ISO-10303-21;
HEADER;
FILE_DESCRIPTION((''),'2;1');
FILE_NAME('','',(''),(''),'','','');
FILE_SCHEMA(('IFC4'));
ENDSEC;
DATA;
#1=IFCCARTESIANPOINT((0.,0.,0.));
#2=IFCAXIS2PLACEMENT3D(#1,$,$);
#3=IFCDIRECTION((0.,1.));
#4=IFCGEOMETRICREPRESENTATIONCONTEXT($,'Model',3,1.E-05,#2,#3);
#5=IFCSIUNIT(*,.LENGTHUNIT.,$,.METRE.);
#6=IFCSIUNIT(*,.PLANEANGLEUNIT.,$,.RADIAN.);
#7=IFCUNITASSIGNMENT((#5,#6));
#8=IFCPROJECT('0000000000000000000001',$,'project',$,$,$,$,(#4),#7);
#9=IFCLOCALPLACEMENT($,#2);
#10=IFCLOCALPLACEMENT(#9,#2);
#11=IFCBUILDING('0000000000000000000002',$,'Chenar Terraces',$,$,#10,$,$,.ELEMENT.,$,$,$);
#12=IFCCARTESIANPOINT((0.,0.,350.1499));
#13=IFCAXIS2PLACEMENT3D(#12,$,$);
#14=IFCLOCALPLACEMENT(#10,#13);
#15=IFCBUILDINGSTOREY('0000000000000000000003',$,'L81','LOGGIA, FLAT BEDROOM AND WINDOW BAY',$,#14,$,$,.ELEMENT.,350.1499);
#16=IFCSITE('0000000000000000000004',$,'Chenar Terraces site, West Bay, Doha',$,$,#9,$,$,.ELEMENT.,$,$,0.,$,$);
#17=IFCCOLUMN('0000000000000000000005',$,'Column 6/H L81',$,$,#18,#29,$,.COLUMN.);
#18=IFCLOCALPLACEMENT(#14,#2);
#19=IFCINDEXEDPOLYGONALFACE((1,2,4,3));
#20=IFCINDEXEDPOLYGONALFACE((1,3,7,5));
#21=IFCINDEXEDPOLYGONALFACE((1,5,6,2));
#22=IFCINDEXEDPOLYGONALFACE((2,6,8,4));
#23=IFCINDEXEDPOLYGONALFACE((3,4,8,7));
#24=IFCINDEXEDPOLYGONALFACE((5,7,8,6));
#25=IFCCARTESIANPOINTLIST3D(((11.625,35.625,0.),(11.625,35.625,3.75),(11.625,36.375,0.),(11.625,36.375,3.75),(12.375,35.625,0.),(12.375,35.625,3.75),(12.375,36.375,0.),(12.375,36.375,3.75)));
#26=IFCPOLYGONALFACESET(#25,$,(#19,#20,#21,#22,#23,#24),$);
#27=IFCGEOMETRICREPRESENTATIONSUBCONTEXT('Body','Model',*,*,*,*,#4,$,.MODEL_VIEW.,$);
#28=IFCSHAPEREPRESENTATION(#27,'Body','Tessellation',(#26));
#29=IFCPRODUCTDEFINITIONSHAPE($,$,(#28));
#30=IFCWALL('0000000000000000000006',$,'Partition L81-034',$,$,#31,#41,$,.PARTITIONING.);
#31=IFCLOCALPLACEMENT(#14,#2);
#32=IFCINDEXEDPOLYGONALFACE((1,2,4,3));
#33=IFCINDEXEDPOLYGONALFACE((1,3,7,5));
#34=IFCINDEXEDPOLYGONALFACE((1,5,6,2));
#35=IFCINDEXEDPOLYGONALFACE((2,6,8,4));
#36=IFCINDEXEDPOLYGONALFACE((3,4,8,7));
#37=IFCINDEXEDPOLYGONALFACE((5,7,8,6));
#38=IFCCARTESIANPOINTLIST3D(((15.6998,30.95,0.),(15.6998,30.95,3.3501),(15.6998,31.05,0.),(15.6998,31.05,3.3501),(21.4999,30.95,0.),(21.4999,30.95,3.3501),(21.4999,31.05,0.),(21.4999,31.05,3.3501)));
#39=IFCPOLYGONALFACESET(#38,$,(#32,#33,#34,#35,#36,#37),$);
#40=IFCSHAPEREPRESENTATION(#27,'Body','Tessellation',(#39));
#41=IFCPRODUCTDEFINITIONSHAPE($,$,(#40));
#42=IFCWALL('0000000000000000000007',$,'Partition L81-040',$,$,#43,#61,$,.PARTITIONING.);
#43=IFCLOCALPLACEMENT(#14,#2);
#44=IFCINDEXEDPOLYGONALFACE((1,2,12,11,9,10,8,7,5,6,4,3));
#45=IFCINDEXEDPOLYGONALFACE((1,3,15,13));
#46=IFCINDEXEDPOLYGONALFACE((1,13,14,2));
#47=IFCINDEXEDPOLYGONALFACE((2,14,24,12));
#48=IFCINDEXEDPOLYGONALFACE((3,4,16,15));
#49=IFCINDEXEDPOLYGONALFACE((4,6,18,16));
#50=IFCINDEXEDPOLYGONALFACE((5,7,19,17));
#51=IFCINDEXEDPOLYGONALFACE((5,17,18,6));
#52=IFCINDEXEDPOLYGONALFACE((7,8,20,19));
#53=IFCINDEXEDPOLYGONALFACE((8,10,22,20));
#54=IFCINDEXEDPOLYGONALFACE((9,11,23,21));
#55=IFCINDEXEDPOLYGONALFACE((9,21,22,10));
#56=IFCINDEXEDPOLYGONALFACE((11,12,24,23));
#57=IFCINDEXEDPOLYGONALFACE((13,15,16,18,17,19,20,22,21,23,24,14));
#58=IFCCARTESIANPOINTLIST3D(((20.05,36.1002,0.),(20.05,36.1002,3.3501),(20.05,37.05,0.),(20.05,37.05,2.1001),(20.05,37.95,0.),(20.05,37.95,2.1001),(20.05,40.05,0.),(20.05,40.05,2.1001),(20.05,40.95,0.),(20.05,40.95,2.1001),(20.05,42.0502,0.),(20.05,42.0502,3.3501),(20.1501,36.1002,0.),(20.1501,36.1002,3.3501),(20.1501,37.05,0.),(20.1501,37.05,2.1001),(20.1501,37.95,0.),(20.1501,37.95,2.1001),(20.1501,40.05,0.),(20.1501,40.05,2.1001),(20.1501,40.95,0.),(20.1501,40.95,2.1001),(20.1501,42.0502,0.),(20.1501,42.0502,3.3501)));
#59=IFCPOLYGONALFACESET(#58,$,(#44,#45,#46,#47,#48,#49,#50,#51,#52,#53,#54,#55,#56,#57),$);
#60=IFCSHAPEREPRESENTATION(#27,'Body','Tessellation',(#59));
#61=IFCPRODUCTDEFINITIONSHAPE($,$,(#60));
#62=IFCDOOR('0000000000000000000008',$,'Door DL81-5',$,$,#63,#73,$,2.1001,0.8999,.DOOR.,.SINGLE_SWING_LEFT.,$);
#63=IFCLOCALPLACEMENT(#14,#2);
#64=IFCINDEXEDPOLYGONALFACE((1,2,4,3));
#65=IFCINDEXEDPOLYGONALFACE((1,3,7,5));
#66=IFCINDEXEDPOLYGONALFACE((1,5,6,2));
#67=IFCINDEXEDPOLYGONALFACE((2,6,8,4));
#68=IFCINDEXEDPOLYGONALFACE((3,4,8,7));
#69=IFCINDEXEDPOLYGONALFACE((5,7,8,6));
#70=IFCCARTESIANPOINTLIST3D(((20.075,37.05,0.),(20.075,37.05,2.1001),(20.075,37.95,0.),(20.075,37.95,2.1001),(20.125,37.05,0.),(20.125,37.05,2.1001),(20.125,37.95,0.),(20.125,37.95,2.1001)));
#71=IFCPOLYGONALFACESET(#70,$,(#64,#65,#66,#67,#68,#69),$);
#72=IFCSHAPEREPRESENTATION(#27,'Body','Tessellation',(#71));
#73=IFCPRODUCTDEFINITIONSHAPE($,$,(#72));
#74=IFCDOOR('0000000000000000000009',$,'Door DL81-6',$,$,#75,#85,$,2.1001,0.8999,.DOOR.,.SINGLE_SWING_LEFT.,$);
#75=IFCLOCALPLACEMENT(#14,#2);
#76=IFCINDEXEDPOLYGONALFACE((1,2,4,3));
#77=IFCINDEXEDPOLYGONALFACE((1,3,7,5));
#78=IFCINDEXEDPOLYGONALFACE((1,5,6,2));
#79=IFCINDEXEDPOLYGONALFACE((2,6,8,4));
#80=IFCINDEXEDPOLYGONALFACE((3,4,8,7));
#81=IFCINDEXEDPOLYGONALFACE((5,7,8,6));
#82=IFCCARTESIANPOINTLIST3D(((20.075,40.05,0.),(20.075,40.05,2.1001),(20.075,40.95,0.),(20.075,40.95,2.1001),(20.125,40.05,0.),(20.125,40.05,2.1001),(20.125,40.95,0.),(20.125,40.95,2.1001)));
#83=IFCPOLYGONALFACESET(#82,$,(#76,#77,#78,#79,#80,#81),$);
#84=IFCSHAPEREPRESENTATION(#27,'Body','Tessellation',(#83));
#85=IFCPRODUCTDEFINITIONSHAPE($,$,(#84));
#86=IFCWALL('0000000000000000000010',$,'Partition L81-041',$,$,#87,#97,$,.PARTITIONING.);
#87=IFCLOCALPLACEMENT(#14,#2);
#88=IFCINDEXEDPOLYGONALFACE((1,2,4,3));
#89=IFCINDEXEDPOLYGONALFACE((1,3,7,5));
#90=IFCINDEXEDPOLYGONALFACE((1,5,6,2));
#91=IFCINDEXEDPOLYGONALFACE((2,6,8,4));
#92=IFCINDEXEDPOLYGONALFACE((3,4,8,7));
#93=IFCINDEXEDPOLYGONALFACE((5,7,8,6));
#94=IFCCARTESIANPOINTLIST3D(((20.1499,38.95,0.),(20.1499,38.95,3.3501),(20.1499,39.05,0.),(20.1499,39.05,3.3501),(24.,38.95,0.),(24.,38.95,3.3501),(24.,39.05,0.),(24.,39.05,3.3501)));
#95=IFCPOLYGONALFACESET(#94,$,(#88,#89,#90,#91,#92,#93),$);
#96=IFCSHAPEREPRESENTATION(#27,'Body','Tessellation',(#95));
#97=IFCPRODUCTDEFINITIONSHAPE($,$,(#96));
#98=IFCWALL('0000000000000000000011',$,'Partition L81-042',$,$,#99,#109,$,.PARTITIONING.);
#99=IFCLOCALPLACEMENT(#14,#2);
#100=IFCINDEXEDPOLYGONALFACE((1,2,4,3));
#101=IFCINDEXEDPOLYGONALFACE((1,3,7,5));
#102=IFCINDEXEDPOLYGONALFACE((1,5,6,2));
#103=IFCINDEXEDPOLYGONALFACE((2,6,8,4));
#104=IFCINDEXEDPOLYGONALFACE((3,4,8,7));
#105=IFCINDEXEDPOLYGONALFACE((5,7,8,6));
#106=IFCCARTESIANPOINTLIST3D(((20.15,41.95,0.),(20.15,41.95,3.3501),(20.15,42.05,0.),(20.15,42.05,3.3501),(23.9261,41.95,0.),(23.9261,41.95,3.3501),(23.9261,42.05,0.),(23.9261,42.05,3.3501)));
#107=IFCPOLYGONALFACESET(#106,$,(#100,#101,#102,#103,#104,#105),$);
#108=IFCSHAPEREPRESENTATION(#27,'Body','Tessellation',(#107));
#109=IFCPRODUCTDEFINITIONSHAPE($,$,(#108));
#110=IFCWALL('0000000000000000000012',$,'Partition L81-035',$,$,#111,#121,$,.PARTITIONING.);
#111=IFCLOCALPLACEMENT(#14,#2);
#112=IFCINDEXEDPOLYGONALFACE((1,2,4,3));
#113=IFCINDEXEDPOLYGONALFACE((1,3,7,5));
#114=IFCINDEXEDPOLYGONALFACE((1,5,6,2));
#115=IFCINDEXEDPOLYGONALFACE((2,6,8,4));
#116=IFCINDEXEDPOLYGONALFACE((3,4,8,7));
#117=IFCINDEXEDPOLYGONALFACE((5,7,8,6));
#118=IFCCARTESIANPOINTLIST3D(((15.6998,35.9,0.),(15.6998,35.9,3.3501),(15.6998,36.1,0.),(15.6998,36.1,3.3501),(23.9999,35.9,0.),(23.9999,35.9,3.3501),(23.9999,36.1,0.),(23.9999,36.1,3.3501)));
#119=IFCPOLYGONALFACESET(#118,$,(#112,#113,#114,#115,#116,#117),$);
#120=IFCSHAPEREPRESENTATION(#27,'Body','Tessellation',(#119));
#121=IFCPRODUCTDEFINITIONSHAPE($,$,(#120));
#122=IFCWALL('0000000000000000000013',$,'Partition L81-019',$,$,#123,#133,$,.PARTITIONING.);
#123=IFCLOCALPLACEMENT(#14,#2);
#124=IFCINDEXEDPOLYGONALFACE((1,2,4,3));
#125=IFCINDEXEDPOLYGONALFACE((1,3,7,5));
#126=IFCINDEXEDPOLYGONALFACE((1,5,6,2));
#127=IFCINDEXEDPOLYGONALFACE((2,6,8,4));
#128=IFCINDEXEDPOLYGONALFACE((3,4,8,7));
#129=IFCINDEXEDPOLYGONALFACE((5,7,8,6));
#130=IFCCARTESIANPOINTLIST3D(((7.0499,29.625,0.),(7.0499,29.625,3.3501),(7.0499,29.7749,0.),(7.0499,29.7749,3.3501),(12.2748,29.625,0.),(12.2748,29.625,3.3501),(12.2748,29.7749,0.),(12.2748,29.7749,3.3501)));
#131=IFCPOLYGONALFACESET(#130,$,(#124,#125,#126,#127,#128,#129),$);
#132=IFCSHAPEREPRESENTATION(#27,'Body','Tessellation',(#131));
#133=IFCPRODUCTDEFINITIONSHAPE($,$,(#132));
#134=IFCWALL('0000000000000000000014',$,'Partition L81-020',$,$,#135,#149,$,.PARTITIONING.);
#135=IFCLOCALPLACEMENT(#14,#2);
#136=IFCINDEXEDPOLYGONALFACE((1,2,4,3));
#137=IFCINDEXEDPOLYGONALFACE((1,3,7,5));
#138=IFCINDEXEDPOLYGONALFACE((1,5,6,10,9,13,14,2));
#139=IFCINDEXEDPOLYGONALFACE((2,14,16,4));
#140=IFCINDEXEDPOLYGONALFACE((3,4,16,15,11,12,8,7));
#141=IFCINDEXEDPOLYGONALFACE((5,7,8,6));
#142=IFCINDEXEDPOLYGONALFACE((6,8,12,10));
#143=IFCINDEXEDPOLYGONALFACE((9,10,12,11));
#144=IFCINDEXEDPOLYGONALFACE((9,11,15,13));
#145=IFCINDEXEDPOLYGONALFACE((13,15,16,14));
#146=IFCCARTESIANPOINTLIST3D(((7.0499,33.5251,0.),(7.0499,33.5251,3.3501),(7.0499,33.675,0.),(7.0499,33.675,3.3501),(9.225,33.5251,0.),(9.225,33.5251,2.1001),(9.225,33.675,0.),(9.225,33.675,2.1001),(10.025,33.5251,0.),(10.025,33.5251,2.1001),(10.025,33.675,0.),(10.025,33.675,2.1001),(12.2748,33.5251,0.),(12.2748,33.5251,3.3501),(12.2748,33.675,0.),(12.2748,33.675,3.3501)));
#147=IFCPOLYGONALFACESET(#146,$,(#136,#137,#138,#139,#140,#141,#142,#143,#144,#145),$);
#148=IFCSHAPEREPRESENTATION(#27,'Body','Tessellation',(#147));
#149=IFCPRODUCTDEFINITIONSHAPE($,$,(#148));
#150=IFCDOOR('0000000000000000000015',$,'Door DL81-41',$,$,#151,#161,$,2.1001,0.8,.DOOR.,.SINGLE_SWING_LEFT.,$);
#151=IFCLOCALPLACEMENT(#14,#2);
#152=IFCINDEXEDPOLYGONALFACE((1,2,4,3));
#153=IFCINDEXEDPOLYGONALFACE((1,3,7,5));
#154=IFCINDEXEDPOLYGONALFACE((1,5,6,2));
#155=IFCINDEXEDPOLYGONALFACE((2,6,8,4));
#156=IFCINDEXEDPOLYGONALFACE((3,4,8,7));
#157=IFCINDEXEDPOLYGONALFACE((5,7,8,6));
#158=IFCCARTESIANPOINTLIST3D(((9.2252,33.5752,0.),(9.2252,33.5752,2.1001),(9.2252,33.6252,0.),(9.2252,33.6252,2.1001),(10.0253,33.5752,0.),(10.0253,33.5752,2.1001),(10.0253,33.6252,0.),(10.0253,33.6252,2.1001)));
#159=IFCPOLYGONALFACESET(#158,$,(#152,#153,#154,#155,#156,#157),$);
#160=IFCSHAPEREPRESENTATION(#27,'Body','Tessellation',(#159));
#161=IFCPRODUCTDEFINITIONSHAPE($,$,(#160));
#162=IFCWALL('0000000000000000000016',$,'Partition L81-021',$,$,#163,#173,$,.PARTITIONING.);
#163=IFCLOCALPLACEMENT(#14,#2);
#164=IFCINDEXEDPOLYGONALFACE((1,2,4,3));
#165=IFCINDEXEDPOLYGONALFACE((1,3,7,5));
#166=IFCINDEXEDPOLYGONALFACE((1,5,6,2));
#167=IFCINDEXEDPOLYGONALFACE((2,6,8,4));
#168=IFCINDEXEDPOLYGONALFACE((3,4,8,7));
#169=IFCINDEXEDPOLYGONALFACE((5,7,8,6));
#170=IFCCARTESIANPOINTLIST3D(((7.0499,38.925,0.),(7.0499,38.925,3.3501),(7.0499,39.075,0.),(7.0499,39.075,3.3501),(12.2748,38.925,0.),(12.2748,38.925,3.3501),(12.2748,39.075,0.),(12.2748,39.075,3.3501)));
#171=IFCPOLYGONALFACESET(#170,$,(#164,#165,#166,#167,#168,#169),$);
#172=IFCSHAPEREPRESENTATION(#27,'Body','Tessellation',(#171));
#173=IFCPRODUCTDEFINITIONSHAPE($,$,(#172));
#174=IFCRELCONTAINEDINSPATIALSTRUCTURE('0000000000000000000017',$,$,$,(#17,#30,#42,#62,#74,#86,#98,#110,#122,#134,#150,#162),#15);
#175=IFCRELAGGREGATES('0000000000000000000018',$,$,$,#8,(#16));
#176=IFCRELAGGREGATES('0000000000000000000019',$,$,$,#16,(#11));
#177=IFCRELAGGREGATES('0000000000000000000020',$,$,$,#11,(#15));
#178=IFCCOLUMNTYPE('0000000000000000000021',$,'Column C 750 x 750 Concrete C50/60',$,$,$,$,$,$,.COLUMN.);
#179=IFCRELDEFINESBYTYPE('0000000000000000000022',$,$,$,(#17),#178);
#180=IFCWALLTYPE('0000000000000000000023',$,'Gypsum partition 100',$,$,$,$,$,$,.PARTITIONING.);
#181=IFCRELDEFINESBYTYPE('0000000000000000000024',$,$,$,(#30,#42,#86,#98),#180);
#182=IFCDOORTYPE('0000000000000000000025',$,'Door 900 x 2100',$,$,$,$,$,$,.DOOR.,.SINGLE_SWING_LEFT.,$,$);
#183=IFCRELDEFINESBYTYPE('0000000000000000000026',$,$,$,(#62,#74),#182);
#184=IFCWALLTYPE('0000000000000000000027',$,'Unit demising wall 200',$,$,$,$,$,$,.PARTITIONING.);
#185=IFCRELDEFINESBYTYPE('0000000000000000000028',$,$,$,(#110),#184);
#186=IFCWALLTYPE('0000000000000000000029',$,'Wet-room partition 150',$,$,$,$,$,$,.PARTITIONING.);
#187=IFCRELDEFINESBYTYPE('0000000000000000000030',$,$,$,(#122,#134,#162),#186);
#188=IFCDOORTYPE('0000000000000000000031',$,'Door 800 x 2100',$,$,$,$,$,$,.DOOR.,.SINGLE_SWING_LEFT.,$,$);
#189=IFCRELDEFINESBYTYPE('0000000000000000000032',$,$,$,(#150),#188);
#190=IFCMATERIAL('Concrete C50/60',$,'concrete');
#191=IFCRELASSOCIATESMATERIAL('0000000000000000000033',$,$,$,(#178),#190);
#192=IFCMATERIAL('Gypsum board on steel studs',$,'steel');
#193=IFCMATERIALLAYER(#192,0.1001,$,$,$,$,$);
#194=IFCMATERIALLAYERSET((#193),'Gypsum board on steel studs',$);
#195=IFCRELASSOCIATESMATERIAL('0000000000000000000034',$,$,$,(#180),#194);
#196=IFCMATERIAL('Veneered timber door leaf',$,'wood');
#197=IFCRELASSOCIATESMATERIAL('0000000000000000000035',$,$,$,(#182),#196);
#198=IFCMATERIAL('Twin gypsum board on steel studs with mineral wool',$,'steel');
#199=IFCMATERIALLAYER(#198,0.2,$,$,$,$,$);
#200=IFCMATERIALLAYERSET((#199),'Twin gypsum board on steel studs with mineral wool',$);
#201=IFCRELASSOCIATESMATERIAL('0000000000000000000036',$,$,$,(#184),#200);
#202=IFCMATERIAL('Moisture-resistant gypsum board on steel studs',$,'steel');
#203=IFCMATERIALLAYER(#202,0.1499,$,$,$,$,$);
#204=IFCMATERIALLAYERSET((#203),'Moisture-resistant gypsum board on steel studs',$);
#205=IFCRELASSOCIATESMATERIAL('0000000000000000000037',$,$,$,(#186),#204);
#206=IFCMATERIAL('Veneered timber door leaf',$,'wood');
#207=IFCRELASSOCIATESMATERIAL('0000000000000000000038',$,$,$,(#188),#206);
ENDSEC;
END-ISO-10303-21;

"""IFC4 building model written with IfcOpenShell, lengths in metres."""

from ifc_helpers import new_model, si_unit, direction, frame, frame_2d, origin, origin_2d, place, context, subcontext, project, spatial, rectangle, extrude, material, layer, layer_set, material_profile, profile_set, type_object, element, fill, save


model = new_model("IFC4")

# Units and contexts
model_context = context("Model", 3, precision=1e-05, world=origin(), true_north=direction((0.0, 1.0)))
body_context = subcontext(model_context, "Body", "Model", "MODEL_VIEW")
ifc_project = project(units=[si_unit("LENGTHUNIT", "METRE"), si_unit("PLANEANGLEUNIT", "RADIAN")], contexts=[model_context])

# Site, building, storey
site_placement = place(None, origin())
site = spatial("IfcSite", under=ifc_project, at=site_placement, Name="Chenar Terraces site, West Bay, Doha", CompositionType="ELEMENT", RefElevation=0.0)
building_placement = place(site_placement, origin())
building = spatial("IfcBuilding", under=site, at=building_placement, Name="Chenar Terraces", CompositionType="ELEMENT")
storey_placement = place(building_placement, frame((0.0, 0.0, 350.1499)))
storey = spatial("IfcBuildingStorey", under=building, at=storey_placement, Name="L81", Description="LOGGIA, FLAT BEDROOM AND WINDOW BAY", CompositionType="ELEMENT", Elevation=350.1499)

# Column
ifc_material_1 = material(Name="Concrete C50/60", Category="concrete")
ifc_material_profile = material_profile(ifc_material_1, rectangle(XDim=0.75, YDim=0.75, at=origin_2d()), Name="C 750 x 750")
ifc_profile_set = profile_set([ifc_material_profile], Name="Concrete C50/60")
column_type = type_object("IfcColumnType", Name="Column C 750 x 750 Concrete C50/60", PredefinedType="COLUMN", material=ifc_profile_set)
column_placement = place(storey_placement, frame((12.0, 36.0, 0.0), z_axis=(0.0, 0.0, 1.0), x_axis=(1.0, 0.0, 0.0)))
element("IfcColumn", 1, at=column_placement, inside=storey, type_object=column_type, Name="Column 6/H L81", PredefinedType="COLUMN", context=body_context, shape_type="SweptSolid", body=[
    extrude(rectangle(XDim=0.75, YDim=0.75, at=origin_2d()), origin(), (0.0, 0.0, 1.0), 3.75),
])

# Wall
ifc_material_2 = material(Name="Gypsum board on steel studs", Category="steel")
ifc_layer_1 = layer(ifc_material_2, 0.1001)
ifc_layer_set_1 = layer_set([ifc_layer_1], Name="Gypsum board on steel studs")
wall_type_1 = type_object("IfcWallType", Name="Gypsum partition 100", PredefinedType="PARTITIONING", material=ifc_layer_set_1)
wall_1_placement = place(storey_placement, frame((15.7, 31.0, 0.0), z_axis=(0.0, 0.0, 1.0), x_axis=(1.0, 0.0, 0.0)))
element("IfcWall", 2, at=wall_1_placement, inside=storey, type_object=wall_type_1, Name="Partition L81-034", PredefinedType="PARTITIONING", context=body_context, shape_type="SweptSolid", body=[
    extrude(rectangle(XDim=5.8, YDim=0.1001, at=frame_2d((2.8999, 0.0))), origin(), (0.0, 0.0, 1.0), 3.3501),
])

# Wall, openings, doors
wall_2_placement = place(storey_placement, frame((20.1001, 36.1001, 0.0), z_axis=(0.0, 0.0, 1.0), x_axis=(0.0, 1.0, 0.0)))
wall_2 = element("IfcWall", 3, at=wall_2_placement, inside=storey, type_object=wall_type_1, Name="Partition L81-040", PredefinedType="PARTITIONING", context=body_context, shape_type="SweptSolid", body=[
    extrude(rectangle(XDim=5.95, YDim=0.1001, at=frame_2d((2.9751, 0.0))), origin(), (0.0, 0.0, 1.0), 3.3501),
])
opening_1_placement = place(wall_2_placement, frame((0.95, 0.0, 0.0)))
opening_1 = element("IfcOpeningElement", 4, at=opening_1_placement, cuts=wall_2, PredefinedType="OPENING", context=body_context, shape_type="SweptSolid", body=[
    extrude(rectangle(XDim=0.8999, YDim=2.1001, at=frame_2d((0.45, 1.05))), frame((0.0, 0.0601, 0.0), z_axis=(0.0, -1.0, 0.0), x_axis=(1.0, 0.0, 0.0)), (0.0, 0.0, 1.0), 0.1201),
])
opening_2_placement = place(wall_2_placement, frame((3.95, 0.0, 0.0)))
opening_2 = element("IfcOpeningElement", 5, at=opening_2_placement, cuts=wall_2, PredefinedType="OPENING", context=body_context, shape_type="SweptSolid", body=[
    extrude(rectangle(XDim=0.8999, YDim=2.1001, at=frame_2d((0.45, 1.05))), frame((0.0, 0.0601, 0.0), z_axis=(0.0, -1.0, 0.0), x_axis=(1.0, 0.0, 0.0)), (0.0, 0.0, 1.0), 0.1201),
])
ifc_material_3 = material(Name="Veneered timber door leaf", Category="wood")
door_type_1 = type_object("IfcDoorType", Name="Door 900 x 2100", OperationType="SINGLE_SWING_LEFT", PredefinedType="DOOR", material=ifc_material_3)
door_1_placement = place(opening_1_placement, frame((0.8999, 0.0, 0.0), z_axis=(0.0, 0.0, 1.0), x_axis=(-1.0, 0.0, 0.0)))
door_1 = element("IfcDoor", 6, at=door_1_placement, inside=storey, type_object=door_type_1, Name="Door DL81-5", OperationType="SINGLE_SWING_LEFT", OverallHeight=2.1001, OverallWidth=0.8999, PredefinedType="DOOR", context=body_context, shape_type="SweptSolid", body=[
    extrude(rectangle(XDim=0.8999, YDim=2.1001, at=frame_2d((0.45, 1.05))), frame((0.0, 0.0249, 0.0), z_axis=(0.0, -1.0, 0.0), x_axis=(1.0, 0.0, 0.0)), (0.0, 0.0, 1.0), 0.05),
])
fill(opening_1, door_1)
door_2_placement = place(opening_2_placement, frame((0.8999, 0.0, 0.0), z_axis=(0.0, 0.0, 1.0), x_axis=(-1.0, 0.0, 0.0)))
door_2 = element("IfcDoor", 7, at=door_2_placement, inside=storey, type_object=door_type_1, Name="Door DL81-6", OperationType="SINGLE_SWING_LEFT", OverallHeight=2.1001, OverallWidth=0.8999, PredefinedType="DOOR", context=body_context, shape_type="SweptSolid", body=[
    extrude(rectangle(XDim=0.8999, YDim=2.1001, at=frame_2d((0.45, 1.05))), frame((0.0, 0.0249, 0.0), z_axis=(0.0, -1.0, 0.0), x_axis=(1.0, 0.0, 0.0)), (0.0, 0.0, 1.0), 0.05),
])
fill(opening_2, door_2)

# Walls
wall_3_placement = place(storey_placement, frame((20.1499, 39.0, 0.0), z_axis=(0.0, 0.0, 1.0), x_axis=(1.0, 0.0, 0.0)))
element("IfcWall", 8, at=wall_3_placement, inside=storey, type_object=wall_type_1, Name="Partition L81-041", PredefinedType="PARTITIONING", context=body_context, shape_type="SweptSolid", body=[
    extrude(rectangle(XDim=3.8501, YDim=0.1001, at=frame_2d((1.925, 0.0))), origin(), (0.0, 0.0, 1.0), 3.3501),
])
wall_4_placement = place(storey_placement, frame((20.1499, 42.0, 0.0), z_axis=(0.0, 0.0, 1.0), x_axis=(1.0, 0.0, 0.0)))
element("IfcWall", 9, at=wall_4_placement, inside=storey, type_object=wall_type_1, Name="Partition L81-042", PredefinedType="PARTITIONING", context=body_context, shape_type="SweptSolid", body=[
    extrude(rectangle(XDim=3.7761, YDim=0.1001, at=frame_2d((1.8882, 0.0))), origin(), (0.0, 0.0, 1.0), 3.3501),
])
ifc_material_4 = material(Name="Twin gypsum board on steel studs with mineral wool", Category="steel")
ifc_layer_2 = layer(ifc_material_4, 0.2)
ifc_layer_set_2 = layer_set([ifc_layer_2], Name="Twin gypsum board on steel studs with mineral wool")
wall_type_2 = type_object("IfcWallType", Name="Unit demising wall 200", PredefinedType="PARTITIONING", material=ifc_layer_set_2)
wall_5_placement = place(storey_placement, frame((15.7, 36.0, 0.0), z_axis=(0.0, 0.0, 1.0), x_axis=(1.0, 0.0, 0.0)))
element("IfcWall", 10, at=wall_5_placement, inside=storey, type_object=wall_type_2, Name="Partition L81-035", PredefinedType="PARTITIONING", context=body_context, shape_type="SweptSolid", body=[
    extrude(rectangle(XDim=8.3, YDim=0.2, at=frame_2d((4.1499, 0.0))), origin(), (0.0, 0.0, 1.0), 3.3501),
])
ifc_material_5 = material(Name="Moisture-resistant gypsum board on steel studs", Category="steel")
ifc_layer_3 = layer(ifc_material_5, 0.1499)
ifc_layer_set_3 = layer_set([ifc_layer_3], Name="Moisture-resistant gypsum board on steel studs")
wall_type_3 = type_object("IfcWallType", Name="Wet-room partition 150", PredefinedType="PARTITIONING", material=ifc_layer_set_3)
wall_6_placement = place(storey_placement, frame((7.05, 29.7, 0.0), z_axis=(0.0, 0.0, 1.0), x_axis=(1.0, 0.0, 0.0)))
element("IfcWall", 11, at=wall_6_placement, inside=storey, type_object=wall_type_3, Name="Partition L81-019", PredefinedType="PARTITIONING", context=body_context, shape_type="SweptSolid", body=[
    extrude(rectangle(XDim=5.2249, YDim=0.1499, at=frame_2d((2.6123, 0.0))), origin(), (0.0, 0.0, 1.0), 3.3501),
])

# Wall, opening, door
wall_7_placement = place(storey_placement, frame((7.05, 33.6001, 0.0), z_axis=(0.0, 0.0, 1.0), x_axis=(1.0, 0.0, 0.0)))
wall_7 = element("IfcWall", 12, at=wall_7_placement, inside=storey, type_object=wall_type_3, Name="Partition L81-020", PredefinedType="PARTITIONING", context=body_context, shape_type="SweptSolid", body=[
    extrude(rectangle(XDim=5.2249, YDim=0.1499, at=frame_2d((2.6123, 0.0))), origin(), (0.0, 0.0, 1.0), 3.3501),
])
opening_3_placement = place(wall_7_placement, frame((2.175, 0.0, 0.0)))
opening_3 = element("IfcOpeningElement", 13, at=opening_3_placement, cuts=wall_7, PredefinedType="OPENING", context=body_context, shape_type="SweptSolid", body=[
    extrude(rectangle(XDim=0.8, YDim=2.1001, at=frame_2d((0.3999, 1.05))), frame((0.0, 0.085, 0.0), z_axis=(0.0, -1.0, 0.0), x_axis=(1.0, 0.0, 0.0)), (0.0, 0.0, 1.0), 0.1699),
])
ifc_material_6 = material(Name="Veneered timber door leaf", Category="wood")
door_type_2 = type_object("IfcDoorType", Name="Door 800 x 2100", OperationType="SINGLE_SWING_LEFT", PredefinedType="DOOR", material=ifc_material_6)
door_3_placement = place(opening_3_placement, frame((0.8, 0.0, 0.0), z_axis=(0.0, 0.0, 1.0), x_axis=(-1.0, 0.0, 0.0)))
door_3 = element("IfcDoor", 14, at=door_3_placement, inside=storey, type_object=door_type_2, Name="Door DL81-41", OperationType="SINGLE_SWING_LEFT", OverallHeight=2.1001, OverallWidth=0.8, PredefinedType="DOOR", context=body_context, shape_type="SweptSolid", body=[
    extrude(rectangle(XDim=0.8, YDim=2.1001, at=frame_2d((0.3999, 1.05))), frame((0.0, 0.0249, 0.0), z_axis=(0.0, -1.0, 0.0), x_axis=(1.0, 0.0, 0.0)), (0.0, 0.0, 1.0), 0.05),
])
fill(opening_3, door_3)

# Wall
for number, where, z_axis, x_axis, name in (
    (15, (7.05, 39.0, 0.0), (0.0, 0.0, 1.0), (1.0, 0.0, 0.0), "Partition L81-021"),
):
    element("IfcWall", number, at=place(storey_placement, frame(where, z_axis=z_axis, x_axis=x_axis)), inside=storey, type_object=wall_type_3, Name=name, PredefinedType="PARTITIONING", context=body_context, shape_type="SweptSolid", body=[
        extrude(rectangle(XDim=5.2249, YDim=0.1499, at=frame_2d((2.6123, 0.0))), origin(), (0.0, 0.0, 1.0), 3.3501),
    ])

save(model, "model.ifc")
